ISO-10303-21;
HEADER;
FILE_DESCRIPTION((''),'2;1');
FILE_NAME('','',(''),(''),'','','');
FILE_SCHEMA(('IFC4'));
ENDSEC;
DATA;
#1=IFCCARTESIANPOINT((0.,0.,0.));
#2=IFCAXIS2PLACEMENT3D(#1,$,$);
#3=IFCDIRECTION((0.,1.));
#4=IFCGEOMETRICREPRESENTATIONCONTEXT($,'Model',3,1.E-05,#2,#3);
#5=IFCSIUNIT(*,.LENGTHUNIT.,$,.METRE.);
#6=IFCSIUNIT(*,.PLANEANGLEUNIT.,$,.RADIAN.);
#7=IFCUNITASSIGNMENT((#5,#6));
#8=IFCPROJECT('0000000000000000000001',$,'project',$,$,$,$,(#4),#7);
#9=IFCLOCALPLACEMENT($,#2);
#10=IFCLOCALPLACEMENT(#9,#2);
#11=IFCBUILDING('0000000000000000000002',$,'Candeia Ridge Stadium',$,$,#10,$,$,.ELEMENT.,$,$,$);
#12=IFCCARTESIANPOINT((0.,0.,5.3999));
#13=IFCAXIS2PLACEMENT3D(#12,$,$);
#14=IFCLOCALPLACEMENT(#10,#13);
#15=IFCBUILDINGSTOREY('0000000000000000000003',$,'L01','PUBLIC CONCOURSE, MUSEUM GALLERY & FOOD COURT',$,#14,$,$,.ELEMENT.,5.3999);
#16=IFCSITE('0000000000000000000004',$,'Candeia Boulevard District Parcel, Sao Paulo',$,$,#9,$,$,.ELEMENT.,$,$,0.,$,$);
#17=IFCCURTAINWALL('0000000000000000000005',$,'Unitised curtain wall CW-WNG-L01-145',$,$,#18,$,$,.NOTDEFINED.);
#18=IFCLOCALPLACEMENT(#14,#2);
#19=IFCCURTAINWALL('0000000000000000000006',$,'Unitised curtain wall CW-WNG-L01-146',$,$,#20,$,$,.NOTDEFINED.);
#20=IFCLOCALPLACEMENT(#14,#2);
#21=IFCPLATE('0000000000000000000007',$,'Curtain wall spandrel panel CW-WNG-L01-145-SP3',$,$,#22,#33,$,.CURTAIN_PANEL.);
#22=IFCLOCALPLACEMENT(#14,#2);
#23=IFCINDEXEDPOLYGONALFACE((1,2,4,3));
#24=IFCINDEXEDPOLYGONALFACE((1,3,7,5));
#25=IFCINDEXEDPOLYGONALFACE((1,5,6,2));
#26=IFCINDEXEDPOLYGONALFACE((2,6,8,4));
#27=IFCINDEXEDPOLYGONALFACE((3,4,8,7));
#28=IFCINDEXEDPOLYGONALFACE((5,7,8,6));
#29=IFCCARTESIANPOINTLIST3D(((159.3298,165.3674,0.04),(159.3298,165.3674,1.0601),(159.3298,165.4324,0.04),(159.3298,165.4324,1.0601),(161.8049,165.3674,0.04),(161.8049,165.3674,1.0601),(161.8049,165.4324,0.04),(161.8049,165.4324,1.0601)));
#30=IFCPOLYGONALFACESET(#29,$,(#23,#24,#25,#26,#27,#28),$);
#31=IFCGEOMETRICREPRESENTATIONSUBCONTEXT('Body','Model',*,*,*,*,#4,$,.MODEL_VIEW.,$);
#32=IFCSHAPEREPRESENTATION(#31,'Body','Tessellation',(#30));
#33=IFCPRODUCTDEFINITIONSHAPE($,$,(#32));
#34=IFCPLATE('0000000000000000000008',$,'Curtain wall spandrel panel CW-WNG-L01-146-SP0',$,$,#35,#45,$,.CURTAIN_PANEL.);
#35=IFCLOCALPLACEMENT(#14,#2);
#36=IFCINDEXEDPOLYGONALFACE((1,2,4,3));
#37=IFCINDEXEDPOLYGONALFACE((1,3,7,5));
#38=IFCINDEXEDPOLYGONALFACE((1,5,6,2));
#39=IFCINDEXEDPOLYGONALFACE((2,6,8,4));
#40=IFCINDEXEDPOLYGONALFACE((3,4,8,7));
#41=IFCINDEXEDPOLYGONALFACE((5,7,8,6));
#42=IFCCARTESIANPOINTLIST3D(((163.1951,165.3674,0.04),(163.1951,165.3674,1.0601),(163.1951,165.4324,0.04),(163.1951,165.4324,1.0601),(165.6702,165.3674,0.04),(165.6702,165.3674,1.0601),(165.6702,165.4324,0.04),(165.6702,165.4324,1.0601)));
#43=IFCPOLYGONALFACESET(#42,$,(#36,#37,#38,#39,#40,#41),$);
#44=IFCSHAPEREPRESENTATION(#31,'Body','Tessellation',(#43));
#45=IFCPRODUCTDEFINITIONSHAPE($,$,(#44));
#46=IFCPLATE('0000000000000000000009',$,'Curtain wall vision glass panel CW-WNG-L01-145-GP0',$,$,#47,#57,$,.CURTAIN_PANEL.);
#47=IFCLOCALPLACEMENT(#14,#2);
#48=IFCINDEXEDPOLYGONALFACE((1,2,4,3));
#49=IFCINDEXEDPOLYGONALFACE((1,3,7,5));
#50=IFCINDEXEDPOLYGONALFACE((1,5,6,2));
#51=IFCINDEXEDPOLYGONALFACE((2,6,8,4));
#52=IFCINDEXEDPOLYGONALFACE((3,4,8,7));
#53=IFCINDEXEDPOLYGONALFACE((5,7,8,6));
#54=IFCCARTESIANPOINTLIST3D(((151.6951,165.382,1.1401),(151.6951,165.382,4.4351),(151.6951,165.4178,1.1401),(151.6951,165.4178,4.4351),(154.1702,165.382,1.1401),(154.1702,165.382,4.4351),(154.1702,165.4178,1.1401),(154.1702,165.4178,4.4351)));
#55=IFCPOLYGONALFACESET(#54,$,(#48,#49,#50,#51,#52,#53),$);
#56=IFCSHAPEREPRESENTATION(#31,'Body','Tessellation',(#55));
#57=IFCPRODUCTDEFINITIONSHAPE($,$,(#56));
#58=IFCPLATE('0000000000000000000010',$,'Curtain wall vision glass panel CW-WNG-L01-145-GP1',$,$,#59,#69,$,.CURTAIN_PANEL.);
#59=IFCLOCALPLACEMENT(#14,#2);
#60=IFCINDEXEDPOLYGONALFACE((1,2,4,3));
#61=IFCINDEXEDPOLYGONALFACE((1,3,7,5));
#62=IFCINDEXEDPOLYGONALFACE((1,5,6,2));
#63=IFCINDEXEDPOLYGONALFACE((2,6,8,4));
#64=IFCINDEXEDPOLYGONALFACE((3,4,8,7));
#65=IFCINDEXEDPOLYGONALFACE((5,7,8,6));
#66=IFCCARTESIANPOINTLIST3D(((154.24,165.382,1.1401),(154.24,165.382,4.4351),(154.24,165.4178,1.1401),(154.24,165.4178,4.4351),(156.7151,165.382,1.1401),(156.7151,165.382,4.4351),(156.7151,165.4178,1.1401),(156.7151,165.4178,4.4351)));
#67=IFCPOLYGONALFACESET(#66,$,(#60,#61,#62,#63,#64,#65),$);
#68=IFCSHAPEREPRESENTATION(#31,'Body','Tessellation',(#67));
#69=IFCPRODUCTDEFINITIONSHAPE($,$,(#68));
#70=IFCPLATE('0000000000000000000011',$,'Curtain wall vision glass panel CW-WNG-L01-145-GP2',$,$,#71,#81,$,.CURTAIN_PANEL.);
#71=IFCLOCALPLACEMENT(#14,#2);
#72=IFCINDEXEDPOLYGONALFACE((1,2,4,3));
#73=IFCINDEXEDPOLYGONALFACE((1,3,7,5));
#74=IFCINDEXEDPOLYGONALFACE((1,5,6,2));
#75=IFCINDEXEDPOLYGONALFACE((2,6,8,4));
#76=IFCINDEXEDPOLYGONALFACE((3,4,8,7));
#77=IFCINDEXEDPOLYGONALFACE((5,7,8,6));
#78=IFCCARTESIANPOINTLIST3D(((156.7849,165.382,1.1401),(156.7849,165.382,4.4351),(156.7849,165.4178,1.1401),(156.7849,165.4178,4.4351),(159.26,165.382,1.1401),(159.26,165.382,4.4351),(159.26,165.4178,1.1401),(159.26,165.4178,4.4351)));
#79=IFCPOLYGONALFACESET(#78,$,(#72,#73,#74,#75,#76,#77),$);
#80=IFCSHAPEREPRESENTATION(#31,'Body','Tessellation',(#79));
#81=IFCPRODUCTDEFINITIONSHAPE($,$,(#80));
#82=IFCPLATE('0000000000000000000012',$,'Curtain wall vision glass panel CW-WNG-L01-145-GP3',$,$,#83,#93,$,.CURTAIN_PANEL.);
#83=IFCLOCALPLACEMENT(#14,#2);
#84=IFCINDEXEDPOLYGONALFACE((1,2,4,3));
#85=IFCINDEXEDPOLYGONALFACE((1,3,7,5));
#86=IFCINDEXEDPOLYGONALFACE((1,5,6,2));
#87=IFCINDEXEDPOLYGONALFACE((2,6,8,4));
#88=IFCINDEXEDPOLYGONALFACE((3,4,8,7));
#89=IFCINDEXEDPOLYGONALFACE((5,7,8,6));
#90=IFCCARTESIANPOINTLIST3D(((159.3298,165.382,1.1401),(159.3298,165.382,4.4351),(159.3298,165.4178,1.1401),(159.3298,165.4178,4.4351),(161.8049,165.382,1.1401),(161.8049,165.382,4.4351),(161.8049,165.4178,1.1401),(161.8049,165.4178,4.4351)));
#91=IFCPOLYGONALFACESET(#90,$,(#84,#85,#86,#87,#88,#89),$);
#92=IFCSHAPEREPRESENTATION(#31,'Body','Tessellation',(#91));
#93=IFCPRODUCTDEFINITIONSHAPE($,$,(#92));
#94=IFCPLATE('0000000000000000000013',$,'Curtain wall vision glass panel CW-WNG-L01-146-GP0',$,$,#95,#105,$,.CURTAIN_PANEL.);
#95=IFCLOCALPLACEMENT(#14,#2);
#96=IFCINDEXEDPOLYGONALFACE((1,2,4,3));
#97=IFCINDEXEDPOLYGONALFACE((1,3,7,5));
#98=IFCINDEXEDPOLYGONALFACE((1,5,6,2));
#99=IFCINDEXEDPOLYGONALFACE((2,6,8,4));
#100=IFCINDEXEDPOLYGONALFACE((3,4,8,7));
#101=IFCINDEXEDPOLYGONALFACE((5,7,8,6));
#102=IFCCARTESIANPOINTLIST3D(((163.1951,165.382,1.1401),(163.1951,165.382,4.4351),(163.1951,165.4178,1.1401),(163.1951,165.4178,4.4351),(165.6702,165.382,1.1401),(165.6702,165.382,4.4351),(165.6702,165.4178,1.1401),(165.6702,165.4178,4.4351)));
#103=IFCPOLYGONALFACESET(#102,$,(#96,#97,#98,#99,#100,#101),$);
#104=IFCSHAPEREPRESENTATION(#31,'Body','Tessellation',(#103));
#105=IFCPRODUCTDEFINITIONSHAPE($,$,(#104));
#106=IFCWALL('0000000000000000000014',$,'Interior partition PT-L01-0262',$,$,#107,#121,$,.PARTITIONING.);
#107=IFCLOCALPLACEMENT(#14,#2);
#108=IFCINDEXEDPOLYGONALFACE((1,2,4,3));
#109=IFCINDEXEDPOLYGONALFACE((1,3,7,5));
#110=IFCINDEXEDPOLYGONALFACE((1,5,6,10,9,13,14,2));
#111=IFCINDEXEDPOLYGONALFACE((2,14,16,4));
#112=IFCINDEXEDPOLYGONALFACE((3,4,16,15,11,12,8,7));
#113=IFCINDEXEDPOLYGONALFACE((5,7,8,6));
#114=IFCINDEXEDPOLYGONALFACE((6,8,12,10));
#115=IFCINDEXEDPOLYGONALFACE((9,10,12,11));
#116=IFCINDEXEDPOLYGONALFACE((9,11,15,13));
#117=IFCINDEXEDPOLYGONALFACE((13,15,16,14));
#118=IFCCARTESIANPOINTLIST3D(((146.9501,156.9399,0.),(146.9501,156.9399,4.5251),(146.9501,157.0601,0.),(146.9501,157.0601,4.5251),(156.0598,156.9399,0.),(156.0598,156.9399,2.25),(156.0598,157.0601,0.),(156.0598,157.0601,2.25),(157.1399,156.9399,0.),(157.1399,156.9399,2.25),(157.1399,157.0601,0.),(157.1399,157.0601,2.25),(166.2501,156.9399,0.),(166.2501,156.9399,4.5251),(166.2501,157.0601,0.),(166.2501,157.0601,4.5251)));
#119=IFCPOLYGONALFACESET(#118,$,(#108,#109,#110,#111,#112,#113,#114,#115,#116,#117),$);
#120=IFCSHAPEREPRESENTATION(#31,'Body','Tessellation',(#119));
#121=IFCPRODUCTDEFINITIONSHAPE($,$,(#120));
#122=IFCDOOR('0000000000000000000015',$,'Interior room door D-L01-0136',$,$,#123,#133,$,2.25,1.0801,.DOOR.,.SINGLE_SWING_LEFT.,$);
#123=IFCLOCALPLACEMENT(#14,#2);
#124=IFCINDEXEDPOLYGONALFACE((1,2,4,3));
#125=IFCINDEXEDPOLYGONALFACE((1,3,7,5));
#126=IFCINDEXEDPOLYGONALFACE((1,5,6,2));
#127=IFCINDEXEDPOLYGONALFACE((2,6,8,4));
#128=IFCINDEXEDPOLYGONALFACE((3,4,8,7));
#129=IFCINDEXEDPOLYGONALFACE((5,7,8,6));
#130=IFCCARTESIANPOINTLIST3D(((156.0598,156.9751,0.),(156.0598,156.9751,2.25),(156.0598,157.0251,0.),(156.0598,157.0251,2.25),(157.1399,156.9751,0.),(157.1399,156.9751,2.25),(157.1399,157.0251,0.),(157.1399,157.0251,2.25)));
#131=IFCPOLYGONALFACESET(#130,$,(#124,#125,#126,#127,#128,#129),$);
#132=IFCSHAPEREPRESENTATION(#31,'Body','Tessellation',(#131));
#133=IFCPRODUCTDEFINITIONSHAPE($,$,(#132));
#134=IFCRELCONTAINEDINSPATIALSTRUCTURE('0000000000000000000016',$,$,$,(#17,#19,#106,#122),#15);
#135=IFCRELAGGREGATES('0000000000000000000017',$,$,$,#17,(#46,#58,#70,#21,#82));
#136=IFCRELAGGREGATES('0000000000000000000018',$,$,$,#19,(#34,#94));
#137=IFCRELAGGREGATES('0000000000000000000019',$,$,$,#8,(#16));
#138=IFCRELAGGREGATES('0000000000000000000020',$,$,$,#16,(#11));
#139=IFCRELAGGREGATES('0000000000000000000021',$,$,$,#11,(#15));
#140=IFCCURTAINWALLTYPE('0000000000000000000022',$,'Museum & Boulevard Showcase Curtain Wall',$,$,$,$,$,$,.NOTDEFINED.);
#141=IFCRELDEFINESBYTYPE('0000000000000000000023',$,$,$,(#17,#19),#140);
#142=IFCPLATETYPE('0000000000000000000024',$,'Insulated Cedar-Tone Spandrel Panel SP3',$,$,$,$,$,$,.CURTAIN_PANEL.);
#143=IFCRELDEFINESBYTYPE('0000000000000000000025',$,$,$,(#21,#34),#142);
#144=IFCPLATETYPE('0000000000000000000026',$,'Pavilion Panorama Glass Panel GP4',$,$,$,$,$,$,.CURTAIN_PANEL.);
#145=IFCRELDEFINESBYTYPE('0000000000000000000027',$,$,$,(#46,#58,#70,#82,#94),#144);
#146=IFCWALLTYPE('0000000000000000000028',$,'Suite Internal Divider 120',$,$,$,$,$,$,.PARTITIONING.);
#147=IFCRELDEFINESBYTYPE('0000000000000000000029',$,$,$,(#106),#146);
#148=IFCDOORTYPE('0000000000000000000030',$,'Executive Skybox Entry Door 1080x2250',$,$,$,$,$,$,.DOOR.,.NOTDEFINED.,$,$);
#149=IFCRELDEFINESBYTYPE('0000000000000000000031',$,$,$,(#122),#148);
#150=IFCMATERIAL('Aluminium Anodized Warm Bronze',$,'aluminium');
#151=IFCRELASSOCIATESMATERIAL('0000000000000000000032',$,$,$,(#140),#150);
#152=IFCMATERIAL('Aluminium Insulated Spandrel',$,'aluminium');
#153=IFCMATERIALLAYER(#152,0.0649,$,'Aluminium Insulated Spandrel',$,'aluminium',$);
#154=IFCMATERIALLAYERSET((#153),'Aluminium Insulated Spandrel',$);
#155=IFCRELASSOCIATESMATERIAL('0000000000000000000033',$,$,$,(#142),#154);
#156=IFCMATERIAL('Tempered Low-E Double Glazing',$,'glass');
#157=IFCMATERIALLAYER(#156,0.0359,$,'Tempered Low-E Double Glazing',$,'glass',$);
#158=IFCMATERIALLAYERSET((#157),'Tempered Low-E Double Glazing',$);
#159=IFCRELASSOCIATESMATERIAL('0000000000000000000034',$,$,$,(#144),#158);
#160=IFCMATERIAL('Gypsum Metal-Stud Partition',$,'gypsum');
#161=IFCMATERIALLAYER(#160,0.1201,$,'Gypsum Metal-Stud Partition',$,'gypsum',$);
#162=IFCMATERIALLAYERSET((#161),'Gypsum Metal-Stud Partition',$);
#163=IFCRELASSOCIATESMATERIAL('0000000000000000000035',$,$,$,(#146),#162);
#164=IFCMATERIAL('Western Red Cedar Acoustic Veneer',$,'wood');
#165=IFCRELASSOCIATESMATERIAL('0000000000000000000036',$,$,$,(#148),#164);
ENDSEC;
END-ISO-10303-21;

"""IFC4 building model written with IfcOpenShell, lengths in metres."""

from ifc_helpers import new_model, si_unit, direction, frame, frame_2d, origin, origin_2d, place, context, subcontext, project, spatial, rectangle, extrude, material, layer, layer_set, type_object, element, fill, aggregate, save


model = new_model("IFC4")

# Units and contexts
model_context = context("Model", 3, precision=1e-05, world=origin(), true_north=direction((0.0, 1.0)))
body_context = subcontext(model_context, "Body", "Model", "MODEL_VIEW")
ifc_project = project(units=[si_unit("LENGTHUNIT", "METRE"), si_unit("PLANEANGLEUNIT", "RADIAN")], contexts=[model_context])

# Site, building, storey
site_placement = place(None, origin())
site = spatial("IfcSite", under=ifc_project, at=site_placement, Name="Candeia Boulevard District Parcel, Sao Paulo", CompositionType="ELEMENT", RefElevation=0.0)
building_placement = place(site_placement, origin())
building = spatial("IfcBuilding", under=site, at=building_placement, Name="Candeia Ridge Stadium", CompositionType="ELEMENT")
storey_placement = place(building_placement, frame((0.0, 0.0, 5.3999)))
storey = spatial("IfcBuildingStorey", under=building, at=storey_placement, Name="L01", Description="PUBLIC CONCOURSE, MUSEUM GALLERY & FOOD COURT", CompositionType="ELEMENT", Elevation=5.3999)

# Curtain wall
ifc_material_1 = material(Name="Aluminium Anodized Warm Bronze", Category="aluminium")
curtain_wall_type = type_object("IfcCurtainWallType", Name="Museum & Boulevard Showcase Curtain Wall", PredefinedType="NOTDEFINED", material=ifc_material_1)
curtain_wall_1_placement = place(storey_placement, origin())
curtain_wall_1 = element("IfcCurtainWall", 1, at=curtain_wall_1_placement, inside=storey, type_object=curtain_wall_type, Name="Unitised curtain wall CW-WNG-L01-145", PredefinedType="NOTDEFINED")

# Curtain wall
curtain_wall_2_placement = place(storey_placement, origin())
curtain_wall_2 = element("IfcCurtainWall", 2, at=curtain_wall_2_placement, inside=storey, type_object=curtain_wall_type, Name="Unitised curtain wall CW-WNG-L01-146", PredefinedType="NOTDEFINED")

# Plates
ifc_material_2 = material(Name="Aluminium Insulated Spandrel", Category="aluminium")
ifc_layer_1 = layer(ifc_material_2, 0.0649, Name="Aluminium Insulated Spandrel", Category="aluminium")
ifc_layer_set_1 = layer_set([ifc_layer_1], Name="Aluminium Insulated Spandrel")
plate_type_1 = type_object("IfcPlateType", Name="Insulated Cedar-Tone Spandrel Panel SP3", PredefinedType="CURTAIN_PANEL", material=ifc_layer_set_1)
plate_1_placement = place(storey_placement, frame((160.5674, 165.3999, 0.04), z_axis=(0.0, 0.0, 1.0), x_axis=(1.0, 0.0, 0.0)))
plate_1 = element("IfcPlate", 3, at=plate_1_placement, type_object=plate_type_1, Name="Curtain wall spandrel panel CW-WNG-L01-145-SP3", PredefinedType="CURTAIN_PANEL", context=body_context, shape_type="SweptSolid", body=[
    extrude(rectangle(XDim=2.4751, YDim=0.0649, at=origin_2d()), origin(), (0.0, 0.0, 1.0), 1.02),
])
plate_2_placement = place(storey_placement, frame((164.4326, 165.3999, 0.04), z_axis=(0.0, 0.0, 1.0), x_axis=(1.0, 0.0, 0.0)))
plate_2 = element("IfcPlate", 4, at=plate_2_placement, type_object=plate_type_1, Name="Curtain wall spandrel panel CW-WNG-L01-146-SP0", PredefinedType="CURTAIN_PANEL", context=body_context, shape_type="SweptSolid", body=[
    extrude(rectangle(XDim=2.4751, YDim=0.0649, at=origin_2d()), origin(), (0.0, 0.0, 1.0), 1.02),
])
ifc_material_3 = material(Name="Tempered Low-E Double Glazing", Category="glass")
ifc_layer_2 = layer(ifc_material_3, 0.0359, Name="Tempered Low-E Double Glazing", Category="glass")
ifc_layer_set_2 = layer_set([ifc_layer_2], Name="Tempered Low-E Double Glazing")
plate_type_2 = type_object("IfcPlateType", Name="Pavilion Panorama Glass Panel GP4", PredefinedType="CURTAIN_PANEL", material=ifc_layer_set_2)
plate_3_placement = place(storey_placement, frame((152.9326, 165.3999, 1.1401), z_axis=(0.0, 0.0, 1.0), x_axis=(1.0, 0.0, 0.0)))
plate_3 = element("IfcPlate", 5, at=plate_3_placement, type_object=plate_type_2, Name="Curtain wall vision glass panel CW-WNG-L01-145-GP0", PredefinedType="CURTAIN_PANEL", context=body_context, shape_type="SweptSolid", body=[
    extrude(rectangle(XDim=2.4751, YDim=0.0359, at=origin_2d()), origin(), (0.0, 0.0, 1.0), 3.2949),
])
plate_4_placement = place(storey_placement, frame((155.4775, 165.3999, 1.1401), z_axis=(0.0, 0.0, 1.0), x_axis=(1.0, 0.0, 0.0)))
plate_4 = element("IfcPlate", 6, at=plate_4_placement, type_object=plate_type_2, Name="Curtain wall vision glass panel CW-WNG-L01-145-GP1", PredefinedType="CURTAIN_PANEL", context=body_context, shape_type="SweptSolid", body=[
    extrude(rectangle(XDim=2.4751, YDim=0.0359, at=origin_2d()), origin(), (0.0, 0.0, 1.0), 3.2949),
])
plate_5_placement = place(storey_placement, frame((158.0225, 165.3999, 1.1401), z_axis=(0.0, 0.0, 1.0), x_axis=(1.0, 0.0, 0.0)))
plate_5 = element("IfcPlate", 7, at=plate_5_placement, type_object=plate_type_2, Name="Curtain wall vision glass panel CW-WNG-L01-145-GP2", PredefinedType="CURTAIN_PANEL", context=body_context, shape_type="SweptSolid", body=[
    extrude(rectangle(XDim=2.4751, YDim=0.0359, at=origin_2d()), origin(), (0.0, 0.0, 1.0), 3.2949),
])
plate_6_placement = place(storey_placement, frame((160.5674, 165.3999, 1.1401), z_axis=(0.0, 0.0, 1.0), x_axis=(1.0, 0.0, 0.0)))
plate_6 = element("IfcPlate", 8, at=plate_6_placement, type_object=plate_type_2, Name="Curtain wall vision glass panel CW-WNG-L01-145-GP3", PredefinedType="CURTAIN_PANEL", context=body_context, shape_type="SweptSolid", body=[
    extrude(rectangle(XDim=2.4751, YDim=0.0359, at=origin_2d()), origin(), (0.0, 0.0, 1.0), 3.2949),
])
aggregate(curtain_wall_1, [plate_3, plate_4, plate_5, plate_1, plate_6])
plate_7_placement = place(storey_placement, frame((164.4326, 165.3999, 1.1401), z_axis=(0.0, 0.0, 1.0), x_axis=(1.0, 0.0, 0.0)))
plate_7 = element("IfcPlate", 9, at=plate_7_placement, type_object=plate_type_2, Name="Curtain wall vision glass panel CW-WNG-L01-146-GP0", PredefinedType="CURTAIN_PANEL", context=body_context, shape_type="SweptSolid", body=[
    extrude(rectangle(XDim=2.4751, YDim=0.0359, at=origin_2d()), origin(), (0.0, 0.0, 1.0), 3.2949),
])
aggregate(curtain_wall_2, [plate_2, plate_7])

# Wall, opening, door
ifc_material_4 = material(Name="Gypsum Metal-Stud Partition", Category="gypsum")
ifc_layer_3 = layer(ifc_material_4, 0.1201, Name="Gypsum Metal-Stud Partition", Category="gypsum")
ifc_layer_set_3 = layer_set([ifc_layer_3], Name="Gypsum Metal-Stud Partition")
wall_type = type_object("IfcWallType", Name="Suite Internal Divider 120", PredefinedType="PARTITIONING", material=ifc_layer_set_3)
wall_placement = place(storey_placement, frame((166.25, 157.0, 0.0), z_axis=(0.0, 0.0, 1.0), x_axis=(-1.0, 0.0, 0.0)))
wall = element("IfcWall", 10, at=wall_placement, inside=storey, type_object=wall_type, Name="Interior partition PT-L01-0262", PredefinedType="PARTITIONING", context=body_context, shape_type="SweptSolid", body=[
    extrude(rectangle(XDim=19.3, YDim=0.1201, at=frame_2d((9.6499, 0.0))), origin(), (0.0, 0.0, 1.0), 4.5251),
])
opening_placement = place(wall_placement, frame((9.1101, 0.0, 0.0)))
opening = element("IfcOpeningElement", 11, at=opening_placement, cuts=wall, PredefinedType="OPENING", context=body_context, shape_type="SweptSolid", body=[
    extrude(rectangle(XDim=1.0801, YDim=2.25, at=frame_2d((0.54, 1.125))), frame((0.0, 0.0701, 0.0), z_axis=(0.0, -1.0, 0.0), x_axis=(1.0, 0.0, 0.0)), (0.0, 0.0, 1.0), 0.1401),
])
ifc_material_5 = material(Name="Western Red Cedar Acoustic Veneer", Category="wood")
door_type = type_object("IfcDoorType", Name="Executive Skybox Entry Door 1080x2250", OperationType="NOTDEFINED", PredefinedType="DOOR", material=ifc_material_5)
door_placement = place(opening_placement, origin())
door = element("IfcDoor", 12, at=door_placement, inside=storey, type_object=door_type, Name="Interior room door D-L01-0136", OperationType="SINGLE_SWING_LEFT", OverallHeight=2.25, OverallWidth=1.0801, PredefinedType="DOOR", context=body_context, shape_type="SweptSolid", body=[
    extrude(rectangle(XDim=1.0801, YDim=2.25, at=frame_2d((0.54, 1.125))), frame((0.0, 0.0249, 0.0), z_axis=(0.0, -1.0, 0.0), x_axis=(1.0, 0.0, 0.0)), (0.0, 0.0, 1.0), 0.05),
])
fill(opening, door)

save(model, "model.ifc")
